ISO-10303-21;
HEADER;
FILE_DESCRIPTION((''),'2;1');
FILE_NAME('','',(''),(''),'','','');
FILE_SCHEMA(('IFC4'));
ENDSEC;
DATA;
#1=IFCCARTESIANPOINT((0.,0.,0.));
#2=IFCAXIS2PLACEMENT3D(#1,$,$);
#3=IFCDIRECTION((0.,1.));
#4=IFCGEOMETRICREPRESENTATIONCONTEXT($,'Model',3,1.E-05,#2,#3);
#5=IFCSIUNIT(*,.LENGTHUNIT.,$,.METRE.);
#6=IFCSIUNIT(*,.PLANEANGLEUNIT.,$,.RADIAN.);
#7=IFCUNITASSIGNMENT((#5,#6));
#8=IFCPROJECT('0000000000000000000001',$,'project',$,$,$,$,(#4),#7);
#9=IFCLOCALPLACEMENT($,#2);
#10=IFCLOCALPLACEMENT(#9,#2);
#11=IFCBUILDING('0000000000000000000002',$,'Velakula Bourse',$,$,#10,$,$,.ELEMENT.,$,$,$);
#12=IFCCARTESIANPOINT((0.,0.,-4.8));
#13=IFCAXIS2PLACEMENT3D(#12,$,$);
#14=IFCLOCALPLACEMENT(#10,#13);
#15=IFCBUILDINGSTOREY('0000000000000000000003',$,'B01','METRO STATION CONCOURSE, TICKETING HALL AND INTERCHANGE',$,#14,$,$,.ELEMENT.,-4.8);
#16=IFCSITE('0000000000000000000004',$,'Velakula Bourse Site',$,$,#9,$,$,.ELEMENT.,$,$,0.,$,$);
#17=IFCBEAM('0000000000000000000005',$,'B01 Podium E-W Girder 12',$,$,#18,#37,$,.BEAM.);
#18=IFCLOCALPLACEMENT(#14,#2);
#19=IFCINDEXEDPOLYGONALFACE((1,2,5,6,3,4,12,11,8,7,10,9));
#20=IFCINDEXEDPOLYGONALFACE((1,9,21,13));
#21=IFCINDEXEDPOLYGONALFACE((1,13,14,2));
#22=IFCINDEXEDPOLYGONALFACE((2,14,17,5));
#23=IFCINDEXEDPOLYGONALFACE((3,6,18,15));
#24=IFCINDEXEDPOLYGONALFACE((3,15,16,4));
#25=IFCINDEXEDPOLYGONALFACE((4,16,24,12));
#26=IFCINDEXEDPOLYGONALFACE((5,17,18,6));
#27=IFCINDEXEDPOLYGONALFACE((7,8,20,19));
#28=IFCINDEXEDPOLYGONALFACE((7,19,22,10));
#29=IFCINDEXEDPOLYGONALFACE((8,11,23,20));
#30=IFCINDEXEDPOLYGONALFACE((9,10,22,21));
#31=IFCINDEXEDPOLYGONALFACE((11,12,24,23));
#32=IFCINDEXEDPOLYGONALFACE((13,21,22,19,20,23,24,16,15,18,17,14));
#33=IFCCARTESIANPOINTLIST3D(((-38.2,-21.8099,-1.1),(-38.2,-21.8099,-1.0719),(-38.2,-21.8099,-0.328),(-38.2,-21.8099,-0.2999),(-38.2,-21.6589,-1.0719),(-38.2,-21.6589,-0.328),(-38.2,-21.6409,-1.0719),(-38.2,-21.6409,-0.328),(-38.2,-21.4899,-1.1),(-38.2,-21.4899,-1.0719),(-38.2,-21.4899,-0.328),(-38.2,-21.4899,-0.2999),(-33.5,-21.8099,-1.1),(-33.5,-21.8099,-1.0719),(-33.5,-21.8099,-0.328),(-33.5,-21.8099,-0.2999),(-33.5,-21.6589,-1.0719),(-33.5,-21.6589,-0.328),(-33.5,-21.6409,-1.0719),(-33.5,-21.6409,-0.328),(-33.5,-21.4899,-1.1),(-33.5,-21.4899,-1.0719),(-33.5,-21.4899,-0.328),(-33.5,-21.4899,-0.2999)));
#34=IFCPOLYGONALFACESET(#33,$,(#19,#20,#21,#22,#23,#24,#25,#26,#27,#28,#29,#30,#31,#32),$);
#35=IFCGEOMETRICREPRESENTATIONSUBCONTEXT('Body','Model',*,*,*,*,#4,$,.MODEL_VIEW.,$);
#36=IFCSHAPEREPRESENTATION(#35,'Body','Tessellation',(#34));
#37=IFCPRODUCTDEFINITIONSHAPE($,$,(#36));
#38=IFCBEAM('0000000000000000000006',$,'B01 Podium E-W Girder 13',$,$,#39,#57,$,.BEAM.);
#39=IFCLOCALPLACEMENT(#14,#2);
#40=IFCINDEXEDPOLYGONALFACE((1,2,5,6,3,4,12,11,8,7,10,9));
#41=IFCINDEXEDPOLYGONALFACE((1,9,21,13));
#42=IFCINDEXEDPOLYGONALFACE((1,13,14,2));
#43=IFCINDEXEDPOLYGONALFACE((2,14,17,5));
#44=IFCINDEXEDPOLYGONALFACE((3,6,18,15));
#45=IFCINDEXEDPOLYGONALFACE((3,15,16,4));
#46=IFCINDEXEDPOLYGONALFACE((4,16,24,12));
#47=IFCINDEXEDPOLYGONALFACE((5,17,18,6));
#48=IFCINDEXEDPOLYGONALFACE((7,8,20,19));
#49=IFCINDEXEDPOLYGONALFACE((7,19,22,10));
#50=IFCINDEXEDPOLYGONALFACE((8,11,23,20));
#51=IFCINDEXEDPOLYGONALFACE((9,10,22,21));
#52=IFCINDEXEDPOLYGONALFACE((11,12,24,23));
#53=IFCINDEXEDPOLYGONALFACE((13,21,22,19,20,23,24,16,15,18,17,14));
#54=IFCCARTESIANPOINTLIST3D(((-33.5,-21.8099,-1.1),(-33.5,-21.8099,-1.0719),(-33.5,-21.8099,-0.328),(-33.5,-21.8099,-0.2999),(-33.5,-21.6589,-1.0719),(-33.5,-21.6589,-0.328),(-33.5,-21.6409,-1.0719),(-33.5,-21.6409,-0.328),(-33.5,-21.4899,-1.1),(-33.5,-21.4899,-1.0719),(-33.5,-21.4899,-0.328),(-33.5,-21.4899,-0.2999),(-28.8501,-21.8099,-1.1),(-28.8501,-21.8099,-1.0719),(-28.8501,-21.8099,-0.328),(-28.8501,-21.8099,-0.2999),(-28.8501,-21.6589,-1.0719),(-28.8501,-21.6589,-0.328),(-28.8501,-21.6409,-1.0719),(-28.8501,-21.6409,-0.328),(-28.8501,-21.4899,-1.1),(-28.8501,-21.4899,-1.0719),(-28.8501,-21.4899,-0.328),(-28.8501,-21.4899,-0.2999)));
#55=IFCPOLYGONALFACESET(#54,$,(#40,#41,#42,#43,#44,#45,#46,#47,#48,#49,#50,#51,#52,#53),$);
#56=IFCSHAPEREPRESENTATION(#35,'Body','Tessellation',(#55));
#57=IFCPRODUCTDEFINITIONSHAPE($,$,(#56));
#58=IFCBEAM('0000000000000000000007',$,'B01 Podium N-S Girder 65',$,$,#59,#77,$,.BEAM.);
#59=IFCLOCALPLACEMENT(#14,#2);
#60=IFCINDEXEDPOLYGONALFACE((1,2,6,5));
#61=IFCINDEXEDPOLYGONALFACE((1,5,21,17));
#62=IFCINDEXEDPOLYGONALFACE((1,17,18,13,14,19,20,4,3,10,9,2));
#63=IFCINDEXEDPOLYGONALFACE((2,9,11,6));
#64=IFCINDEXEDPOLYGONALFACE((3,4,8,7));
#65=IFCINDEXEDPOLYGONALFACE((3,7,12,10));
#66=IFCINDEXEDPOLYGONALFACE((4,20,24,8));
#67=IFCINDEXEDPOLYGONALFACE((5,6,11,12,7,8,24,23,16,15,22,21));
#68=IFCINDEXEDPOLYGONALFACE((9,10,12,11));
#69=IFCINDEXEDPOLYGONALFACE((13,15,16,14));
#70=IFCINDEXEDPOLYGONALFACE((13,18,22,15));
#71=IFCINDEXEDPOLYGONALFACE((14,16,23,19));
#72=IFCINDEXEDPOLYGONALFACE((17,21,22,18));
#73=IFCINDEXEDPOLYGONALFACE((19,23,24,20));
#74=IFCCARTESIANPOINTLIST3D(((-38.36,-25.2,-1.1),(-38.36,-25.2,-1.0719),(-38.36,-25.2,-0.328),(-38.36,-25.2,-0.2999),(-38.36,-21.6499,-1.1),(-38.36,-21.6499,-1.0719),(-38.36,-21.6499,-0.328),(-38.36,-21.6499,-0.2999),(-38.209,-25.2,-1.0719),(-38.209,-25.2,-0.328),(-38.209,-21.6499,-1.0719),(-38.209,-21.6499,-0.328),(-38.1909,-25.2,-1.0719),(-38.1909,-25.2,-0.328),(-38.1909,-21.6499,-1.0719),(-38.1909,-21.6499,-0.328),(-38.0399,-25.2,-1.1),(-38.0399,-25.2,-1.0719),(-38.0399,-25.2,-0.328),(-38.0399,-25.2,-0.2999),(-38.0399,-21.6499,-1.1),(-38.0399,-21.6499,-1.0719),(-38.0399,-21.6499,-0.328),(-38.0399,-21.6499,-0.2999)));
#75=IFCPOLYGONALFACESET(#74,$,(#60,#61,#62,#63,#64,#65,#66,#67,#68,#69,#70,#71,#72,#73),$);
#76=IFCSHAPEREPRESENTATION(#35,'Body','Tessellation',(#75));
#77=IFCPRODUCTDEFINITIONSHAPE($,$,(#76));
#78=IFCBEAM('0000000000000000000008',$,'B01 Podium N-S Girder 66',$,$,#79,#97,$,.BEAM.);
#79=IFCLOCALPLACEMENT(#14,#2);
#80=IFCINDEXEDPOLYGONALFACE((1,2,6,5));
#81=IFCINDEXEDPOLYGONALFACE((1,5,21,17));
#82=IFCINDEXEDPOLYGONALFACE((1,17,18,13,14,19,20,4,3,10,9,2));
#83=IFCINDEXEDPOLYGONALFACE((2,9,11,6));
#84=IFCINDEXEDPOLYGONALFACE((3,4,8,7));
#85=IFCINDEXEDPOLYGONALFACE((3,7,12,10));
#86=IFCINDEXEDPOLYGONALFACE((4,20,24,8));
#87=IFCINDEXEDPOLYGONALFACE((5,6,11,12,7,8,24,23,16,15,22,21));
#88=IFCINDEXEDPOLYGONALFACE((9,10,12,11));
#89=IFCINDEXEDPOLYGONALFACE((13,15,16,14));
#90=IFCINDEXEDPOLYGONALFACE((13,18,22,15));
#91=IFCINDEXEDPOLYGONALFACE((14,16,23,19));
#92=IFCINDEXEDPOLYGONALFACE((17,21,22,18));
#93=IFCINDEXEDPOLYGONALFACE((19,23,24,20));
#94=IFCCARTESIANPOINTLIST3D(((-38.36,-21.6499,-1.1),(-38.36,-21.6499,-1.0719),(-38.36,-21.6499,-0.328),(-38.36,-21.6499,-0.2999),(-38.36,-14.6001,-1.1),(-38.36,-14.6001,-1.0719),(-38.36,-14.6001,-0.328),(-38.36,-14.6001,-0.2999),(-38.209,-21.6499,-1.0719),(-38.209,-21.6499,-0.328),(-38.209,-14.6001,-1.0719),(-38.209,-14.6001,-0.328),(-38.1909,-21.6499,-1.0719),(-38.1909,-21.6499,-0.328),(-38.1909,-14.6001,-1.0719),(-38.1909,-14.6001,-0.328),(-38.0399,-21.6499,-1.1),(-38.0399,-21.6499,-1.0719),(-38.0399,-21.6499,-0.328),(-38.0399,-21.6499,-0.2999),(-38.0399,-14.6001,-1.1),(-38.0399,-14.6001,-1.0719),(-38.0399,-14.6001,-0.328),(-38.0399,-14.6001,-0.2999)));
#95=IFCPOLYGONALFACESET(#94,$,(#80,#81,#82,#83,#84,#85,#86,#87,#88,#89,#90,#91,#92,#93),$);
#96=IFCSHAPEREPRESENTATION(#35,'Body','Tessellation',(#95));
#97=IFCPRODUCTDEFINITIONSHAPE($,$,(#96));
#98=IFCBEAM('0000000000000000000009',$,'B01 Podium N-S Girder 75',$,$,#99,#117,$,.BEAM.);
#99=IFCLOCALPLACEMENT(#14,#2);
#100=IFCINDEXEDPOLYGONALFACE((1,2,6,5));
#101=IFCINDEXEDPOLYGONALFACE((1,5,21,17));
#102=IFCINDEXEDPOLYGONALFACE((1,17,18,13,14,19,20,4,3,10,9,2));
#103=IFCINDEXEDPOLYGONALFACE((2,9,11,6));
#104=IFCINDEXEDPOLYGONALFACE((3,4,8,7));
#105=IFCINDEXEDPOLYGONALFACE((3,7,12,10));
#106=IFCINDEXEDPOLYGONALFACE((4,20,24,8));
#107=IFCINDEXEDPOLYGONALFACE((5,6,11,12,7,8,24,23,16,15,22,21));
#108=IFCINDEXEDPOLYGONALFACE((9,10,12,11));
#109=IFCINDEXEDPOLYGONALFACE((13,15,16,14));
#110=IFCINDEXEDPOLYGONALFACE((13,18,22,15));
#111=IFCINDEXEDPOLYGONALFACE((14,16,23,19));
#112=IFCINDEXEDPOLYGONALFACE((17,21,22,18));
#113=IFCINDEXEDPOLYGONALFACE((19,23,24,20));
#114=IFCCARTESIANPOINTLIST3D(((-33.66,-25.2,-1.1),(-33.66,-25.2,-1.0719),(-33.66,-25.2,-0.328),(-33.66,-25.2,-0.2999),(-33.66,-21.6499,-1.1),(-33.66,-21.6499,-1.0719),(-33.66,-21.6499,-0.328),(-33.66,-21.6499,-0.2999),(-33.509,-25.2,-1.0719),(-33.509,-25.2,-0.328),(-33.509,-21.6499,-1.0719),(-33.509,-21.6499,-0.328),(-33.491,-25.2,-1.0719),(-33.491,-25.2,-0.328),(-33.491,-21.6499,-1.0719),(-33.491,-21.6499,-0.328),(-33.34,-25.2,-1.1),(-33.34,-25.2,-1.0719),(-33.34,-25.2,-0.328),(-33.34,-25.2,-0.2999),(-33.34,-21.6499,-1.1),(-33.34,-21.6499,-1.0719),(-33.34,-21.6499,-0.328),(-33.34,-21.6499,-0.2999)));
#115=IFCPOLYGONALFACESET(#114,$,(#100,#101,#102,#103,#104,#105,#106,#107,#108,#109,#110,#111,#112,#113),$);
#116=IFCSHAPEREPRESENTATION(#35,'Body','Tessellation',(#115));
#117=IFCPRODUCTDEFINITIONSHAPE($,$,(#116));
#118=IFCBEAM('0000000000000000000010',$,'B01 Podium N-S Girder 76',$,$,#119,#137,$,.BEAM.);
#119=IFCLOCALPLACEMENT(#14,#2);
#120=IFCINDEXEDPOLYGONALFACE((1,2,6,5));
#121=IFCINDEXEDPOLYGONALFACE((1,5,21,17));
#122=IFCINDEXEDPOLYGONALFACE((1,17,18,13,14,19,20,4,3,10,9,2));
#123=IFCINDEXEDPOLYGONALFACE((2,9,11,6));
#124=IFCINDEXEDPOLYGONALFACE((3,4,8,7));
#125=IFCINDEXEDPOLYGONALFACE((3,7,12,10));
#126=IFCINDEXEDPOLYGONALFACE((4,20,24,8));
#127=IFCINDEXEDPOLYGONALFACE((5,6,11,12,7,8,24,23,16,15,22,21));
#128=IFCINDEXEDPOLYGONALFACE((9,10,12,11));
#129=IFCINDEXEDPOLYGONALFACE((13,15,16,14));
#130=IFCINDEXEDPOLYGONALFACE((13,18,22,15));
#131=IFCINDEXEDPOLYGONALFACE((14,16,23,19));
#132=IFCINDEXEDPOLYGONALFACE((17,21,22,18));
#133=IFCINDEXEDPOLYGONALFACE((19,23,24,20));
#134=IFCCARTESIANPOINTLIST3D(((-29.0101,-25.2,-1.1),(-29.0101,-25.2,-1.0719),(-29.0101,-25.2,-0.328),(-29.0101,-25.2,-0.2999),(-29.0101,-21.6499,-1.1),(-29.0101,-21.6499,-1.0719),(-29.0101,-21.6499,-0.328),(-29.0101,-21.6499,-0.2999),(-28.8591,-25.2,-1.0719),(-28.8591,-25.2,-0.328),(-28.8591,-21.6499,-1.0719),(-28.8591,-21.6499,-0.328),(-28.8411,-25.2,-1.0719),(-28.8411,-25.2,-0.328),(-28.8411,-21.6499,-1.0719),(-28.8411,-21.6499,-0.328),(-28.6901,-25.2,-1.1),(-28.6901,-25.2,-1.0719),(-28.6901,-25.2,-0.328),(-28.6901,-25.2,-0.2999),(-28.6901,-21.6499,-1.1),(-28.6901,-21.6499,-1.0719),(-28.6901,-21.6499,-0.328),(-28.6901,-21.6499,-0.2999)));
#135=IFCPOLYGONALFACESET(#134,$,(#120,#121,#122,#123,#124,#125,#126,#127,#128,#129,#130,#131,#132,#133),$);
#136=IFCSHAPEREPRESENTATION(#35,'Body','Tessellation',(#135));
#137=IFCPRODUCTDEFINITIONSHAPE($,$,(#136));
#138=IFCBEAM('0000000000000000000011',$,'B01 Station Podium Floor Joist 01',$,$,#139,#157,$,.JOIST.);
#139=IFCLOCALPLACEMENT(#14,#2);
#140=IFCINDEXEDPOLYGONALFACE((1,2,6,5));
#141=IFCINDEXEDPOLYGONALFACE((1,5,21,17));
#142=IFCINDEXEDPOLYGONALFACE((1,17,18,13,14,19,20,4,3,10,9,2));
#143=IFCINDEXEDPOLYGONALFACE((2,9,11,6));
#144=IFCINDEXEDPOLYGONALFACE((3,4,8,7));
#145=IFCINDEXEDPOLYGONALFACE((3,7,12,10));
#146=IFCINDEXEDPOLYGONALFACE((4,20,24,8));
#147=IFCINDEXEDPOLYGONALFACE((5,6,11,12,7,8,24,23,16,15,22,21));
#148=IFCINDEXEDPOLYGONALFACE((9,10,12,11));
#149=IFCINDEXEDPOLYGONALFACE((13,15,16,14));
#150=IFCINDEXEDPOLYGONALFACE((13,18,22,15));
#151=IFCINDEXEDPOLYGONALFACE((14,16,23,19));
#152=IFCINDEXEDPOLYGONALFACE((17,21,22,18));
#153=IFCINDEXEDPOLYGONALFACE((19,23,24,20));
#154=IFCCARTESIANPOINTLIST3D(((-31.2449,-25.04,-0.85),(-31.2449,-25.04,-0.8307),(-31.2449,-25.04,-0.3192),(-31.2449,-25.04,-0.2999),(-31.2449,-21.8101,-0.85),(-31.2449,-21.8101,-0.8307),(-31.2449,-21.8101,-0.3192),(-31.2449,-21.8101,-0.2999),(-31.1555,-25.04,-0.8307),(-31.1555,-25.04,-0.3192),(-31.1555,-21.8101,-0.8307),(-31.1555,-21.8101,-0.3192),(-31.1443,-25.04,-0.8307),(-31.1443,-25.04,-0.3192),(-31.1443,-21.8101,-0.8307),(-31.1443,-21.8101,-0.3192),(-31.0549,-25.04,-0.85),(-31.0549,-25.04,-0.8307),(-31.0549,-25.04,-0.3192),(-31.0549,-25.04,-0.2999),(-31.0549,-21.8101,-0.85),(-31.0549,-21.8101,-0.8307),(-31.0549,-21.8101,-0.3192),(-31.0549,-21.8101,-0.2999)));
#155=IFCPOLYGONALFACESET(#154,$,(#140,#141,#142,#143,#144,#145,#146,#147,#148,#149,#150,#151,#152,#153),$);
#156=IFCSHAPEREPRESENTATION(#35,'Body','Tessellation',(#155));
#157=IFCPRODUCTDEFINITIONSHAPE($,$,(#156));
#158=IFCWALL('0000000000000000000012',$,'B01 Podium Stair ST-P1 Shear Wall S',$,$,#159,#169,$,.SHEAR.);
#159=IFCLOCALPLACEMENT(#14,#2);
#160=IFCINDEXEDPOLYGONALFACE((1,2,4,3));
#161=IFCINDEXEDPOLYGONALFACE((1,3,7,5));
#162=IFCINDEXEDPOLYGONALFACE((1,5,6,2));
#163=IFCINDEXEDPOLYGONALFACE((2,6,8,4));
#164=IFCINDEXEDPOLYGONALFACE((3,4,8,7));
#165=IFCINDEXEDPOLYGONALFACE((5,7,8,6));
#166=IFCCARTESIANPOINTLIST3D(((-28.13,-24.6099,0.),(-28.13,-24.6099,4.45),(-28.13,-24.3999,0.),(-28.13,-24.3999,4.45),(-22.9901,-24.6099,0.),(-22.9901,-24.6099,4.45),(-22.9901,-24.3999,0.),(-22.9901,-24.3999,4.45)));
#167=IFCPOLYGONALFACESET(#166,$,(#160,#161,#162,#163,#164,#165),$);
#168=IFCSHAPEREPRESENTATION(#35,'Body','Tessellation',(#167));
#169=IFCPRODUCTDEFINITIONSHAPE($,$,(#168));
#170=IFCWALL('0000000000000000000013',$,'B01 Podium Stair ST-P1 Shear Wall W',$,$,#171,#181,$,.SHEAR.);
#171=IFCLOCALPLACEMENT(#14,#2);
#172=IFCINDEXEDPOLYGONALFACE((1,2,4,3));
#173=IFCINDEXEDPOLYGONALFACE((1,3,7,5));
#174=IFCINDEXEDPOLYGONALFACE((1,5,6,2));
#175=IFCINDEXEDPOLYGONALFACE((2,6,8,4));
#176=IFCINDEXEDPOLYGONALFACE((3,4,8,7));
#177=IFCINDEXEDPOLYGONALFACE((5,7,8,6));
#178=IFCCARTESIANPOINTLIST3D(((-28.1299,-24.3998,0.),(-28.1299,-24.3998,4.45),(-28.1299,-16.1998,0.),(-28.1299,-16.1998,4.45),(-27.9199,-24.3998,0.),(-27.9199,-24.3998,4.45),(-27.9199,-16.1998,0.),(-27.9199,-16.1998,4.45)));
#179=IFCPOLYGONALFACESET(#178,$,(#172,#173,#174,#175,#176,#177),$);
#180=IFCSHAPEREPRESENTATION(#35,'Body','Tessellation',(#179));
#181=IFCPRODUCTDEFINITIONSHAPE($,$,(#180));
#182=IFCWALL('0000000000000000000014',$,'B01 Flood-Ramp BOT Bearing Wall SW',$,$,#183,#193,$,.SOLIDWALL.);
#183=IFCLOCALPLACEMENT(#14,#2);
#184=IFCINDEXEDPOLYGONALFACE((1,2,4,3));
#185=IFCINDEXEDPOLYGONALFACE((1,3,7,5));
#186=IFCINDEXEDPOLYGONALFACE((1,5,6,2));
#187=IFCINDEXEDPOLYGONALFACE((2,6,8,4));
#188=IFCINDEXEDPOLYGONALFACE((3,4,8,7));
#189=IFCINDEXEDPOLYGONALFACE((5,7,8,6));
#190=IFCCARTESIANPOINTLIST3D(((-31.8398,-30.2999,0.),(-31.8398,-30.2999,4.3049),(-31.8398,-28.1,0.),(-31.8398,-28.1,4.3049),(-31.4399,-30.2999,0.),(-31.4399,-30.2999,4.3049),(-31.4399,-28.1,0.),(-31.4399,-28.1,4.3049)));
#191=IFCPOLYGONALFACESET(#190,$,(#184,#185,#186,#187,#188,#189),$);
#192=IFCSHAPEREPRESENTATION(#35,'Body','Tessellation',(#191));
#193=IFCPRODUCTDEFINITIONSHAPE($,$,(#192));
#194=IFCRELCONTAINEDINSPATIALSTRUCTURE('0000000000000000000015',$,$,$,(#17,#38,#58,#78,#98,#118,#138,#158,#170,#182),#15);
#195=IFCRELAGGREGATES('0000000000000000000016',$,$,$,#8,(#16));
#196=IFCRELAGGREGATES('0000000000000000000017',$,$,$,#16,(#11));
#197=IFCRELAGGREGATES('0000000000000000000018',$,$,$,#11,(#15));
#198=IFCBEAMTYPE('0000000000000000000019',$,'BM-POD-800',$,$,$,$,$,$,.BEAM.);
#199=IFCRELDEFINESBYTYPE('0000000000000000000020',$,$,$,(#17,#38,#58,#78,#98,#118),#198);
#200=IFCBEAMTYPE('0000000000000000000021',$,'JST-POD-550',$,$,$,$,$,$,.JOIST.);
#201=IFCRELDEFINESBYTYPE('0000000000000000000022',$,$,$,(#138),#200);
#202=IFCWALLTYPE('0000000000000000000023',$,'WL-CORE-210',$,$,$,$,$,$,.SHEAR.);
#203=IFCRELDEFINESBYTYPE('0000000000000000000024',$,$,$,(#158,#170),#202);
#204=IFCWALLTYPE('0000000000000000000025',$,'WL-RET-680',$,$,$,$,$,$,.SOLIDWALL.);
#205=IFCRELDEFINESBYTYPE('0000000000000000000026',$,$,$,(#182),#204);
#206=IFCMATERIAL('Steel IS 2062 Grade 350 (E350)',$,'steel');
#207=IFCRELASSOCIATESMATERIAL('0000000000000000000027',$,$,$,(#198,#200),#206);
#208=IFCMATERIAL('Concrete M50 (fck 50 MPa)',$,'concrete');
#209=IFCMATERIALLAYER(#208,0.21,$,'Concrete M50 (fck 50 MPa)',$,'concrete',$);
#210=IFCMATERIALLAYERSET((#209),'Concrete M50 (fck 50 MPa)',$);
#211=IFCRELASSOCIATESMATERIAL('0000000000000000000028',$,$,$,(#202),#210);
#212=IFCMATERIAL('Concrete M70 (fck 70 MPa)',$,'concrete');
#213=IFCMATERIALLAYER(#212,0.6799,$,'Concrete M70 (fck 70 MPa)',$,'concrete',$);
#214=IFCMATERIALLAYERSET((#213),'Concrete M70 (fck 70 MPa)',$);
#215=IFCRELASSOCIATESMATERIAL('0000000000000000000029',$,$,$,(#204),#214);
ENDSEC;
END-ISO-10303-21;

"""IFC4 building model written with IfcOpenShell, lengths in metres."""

from ifc_helpers import new_model, si_unit, direction, frame, frame_2d, origin, origin_2d, place, context, subcontext, project, spatial, rectangle, i_section, extrude, material, layer, layer_set, material_profile, profile_set, type_object, element, save


model = new_model("IFC4")

# Units and contexts
model_context = context("Model", 3, precision=1e-05, world=origin(), true_north=direction((0.0, 1.0)))
body_context = subcontext(model_context, "Body", "Model", "MODEL_VIEW")
ifc_project = project(units=[si_unit("LENGTHUNIT", "METRE"), si_unit("PLANEANGLEUNIT", "RADIAN")], contexts=[model_context])

# Site, building, storey
site_placement = place(None, origin())
site = spatial("IfcSite", under=ifc_project, at=site_placement, Name="Velakula Bourse Site", CompositionType="ELEMENT", RefElevation=0.0)
building_placement = place(site_placement, origin())
building = spatial("IfcBuilding", under=site, at=building_placement, Name="Velakula Bourse", CompositionType="ELEMENT")
storey_placement = place(building_placement, frame((0.0, 0.0, -4.8)))
storey = spatial("IfcBuildingStorey", under=building, at=storey_placement, Name="B01", Description="METRO STATION CONCOURSE, TICKETING HALL AND INTERCHANGE", CompositionType="ELEMENT", Elevation=-4.8)

# Shared definitions
ifc_material_1 = material(Name="Concrete M70 (fck 70 MPa)", Category="concrete")
ifc_material_2 = material(Name="Concrete M50 (fck 50 MPa)", Category="concrete")

# Beams
ifc_material_3 = material(Name="Steel IS 2062 Grade 350 (E350)", Category="steel")
ifc_material_profile_1 = material_profile(ifc_material_3, i_section(OverallWidth=0.3201, OverallDepth=0.8, WebThickness=0.0181, FlangeThickness=0.0281, at=origin_2d()), Name="Steel IS 2062 Grade 350 (E350)")
ifc_profile_set_1 = profile_set([ifc_material_profile_1], Name="Steel IS 2062 Grade 350 (E350)")
beam_type_1 = type_object("IfcBeamType", Name="BM-POD-800", PredefinedType="BEAM", material=ifc_profile_set_1)
beam_1_placement = place(storey_placement, frame((-38.2, -21.6499, -0.7), z_axis=(1.0, 0.0, 0.0), x_axis=(0.0, 1.0, 0.0)))
element("IfcBeam", 1, at=beam_1_placement, inside=storey, type_object=beam_type_1, Name="B01 Podium E-W Girder 12", PredefinedType="BEAM", context=body_context, shape_type="SweptSolid", body=[
    extrude(i_section(OverallWidth=0.3201, OverallDepth=0.8, WebThickness=0.0181, FlangeThickness=0.0281, at=origin_2d()), origin(), (0.0, 0.0, 1.0), 4.7),
])
beam_2_placement = place(storey_placement, frame((-33.5, -21.6499, -0.7), z_axis=(1.0, 0.0, 0.0), x_axis=(0.0, 1.0, 0.0)))
element("IfcBeam", 2, at=beam_2_placement, inside=storey, type_object=beam_type_1, Name="B01 Podium E-W Girder 13", PredefinedType="BEAM", context=body_context, shape_type="SweptSolid", body=[
    extrude(i_section(OverallWidth=0.3201, OverallDepth=0.8, WebThickness=0.0181, FlangeThickness=0.0281, at=origin_2d()), origin(), (0.0, 0.0, 1.0), 4.6499),
])
beam_3_placement = place(storey_placement, frame((-38.2, -25.2, -0.7), z_axis=(0.0, 1.0, 0.0), x_axis=(-1.0, 0.0, 0.0)))
element("IfcBeam", 3, at=beam_3_placement, inside=storey, type_object=beam_type_1, Name="B01 Podium N-S Girder 65", PredefinedType="BEAM", context=body_context, shape_type="SweptSolid", body=[
    extrude(i_section(OverallWidth=0.3201, OverallDepth=0.8, WebThickness=0.0181, FlangeThickness=0.0281, at=origin_2d()), origin(), (0.0, 0.0, 1.0), 3.55),
])
beam_4_placement = place(storey_placement, frame((-38.2, -21.6499, -0.7), z_axis=(0.0, 1.0, 0.0), x_axis=(-1.0, 0.0, 0.0)))
element("IfcBeam", 4, at=beam_4_placement, inside=storey, type_object=beam_type_1, Name="B01 Podium N-S Girder 66", PredefinedType="BEAM", context=body_context, shape_type="SweptSolid", body=[
    extrude(i_section(OverallWidth=0.3201, OverallDepth=0.8, WebThickness=0.0181, FlangeThickness=0.0281, at=origin_2d()), origin(), (0.0, 0.0, 1.0), 7.0498),
])
for number, where, z_axis, x_axis, name in (
    (5, (-33.5, -25.2, -0.7), (0.0, 1.0, 0.0), (-1.0, 0.0, 0.0), "B01 Podium N-S Girder 75"),
    (6, (-28.8501, -25.2, -0.7), (0.0, 1.0, 0.0), (-1.0, 0.0, 0.0), "B01 Podium N-S Girder 76"),
):
    element("IfcBeam", number, at=place(storey_placement, frame(where, z_axis=z_axis, x_axis=x_axis)), inside=storey, type_object=beam_type_1, Name=name, PredefinedType="BEAM", context=body_context, shape_type="SweptSolid", body=[
        extrude(i_section(OverallWidth=0.3201, OverallDepth=0.8, WebThickness=0.0181, FlangeThickness=0.0281, at=origin_2d()), origin(), (0.0, 0.0, 1.0), 3.55),
    ])
ifc_material_profile_2 = material_profile(ifc_material_3, i_section(OverallWidth=0.1899, OverallDepth=0.55, WebThickness=0.0112, FlangeThickness=0.0193, at=origin_2d()), Name="Steel IS 2062 Grade 350 (E350)")
ifc_profile_set_2 = profile_set([ifc_material_profile_2], Name="Steel IS 2062 Grade 350 (E350)")
beam_type_2 = type_object("IfcBeamType", Name="JST-POD-550", PredefinedType="JOIST", material=ifc_profile_set_2)
beam_5_placement = place(storey_placement, frame((-31.1499, -25.04, -0.575), z_axis=(0.0, 1.0, 0.0), x_axis=(-1.0, 0.0, 0.0)))
element("IfcBeam", 7, at=beam_5_placement, inside=storey, type_object=beam_type_2, Name="B01 Station Podium Floor Joist 01", PredefinedType="JOIST", context=body_context, shape_type="SweptSolid", body=[
    extrude(i_section(OverallWidth=0.1899, OverallDepth=0.55, WebThickness=0.0112, FlangeThickness=0.0193, at=origin_2d()), origin(), (0.0, 0.0, 1.0), 3.23),
])

# Walls
ifc_layer_1 = layer(ifc_material_2, 0.21, Name="Concrete M50 (fck 50 MPa)", Category="concrete")
ifc_layer_set_1 = layer_set([ifc_layer_1], Name="Concrete M50 (fck 50 MPa)")
wall_type_1 = type_object("IfcWallType", Name="WL-CORE-210", PredefinedType="SHEAR", material=ifc_layer_set_1)
wall_1_placement = place(storey_placement, frame((-28.1299, -24.5049, 0.0), z_axis=(0.0, 0.0, 1.0), x_axis=(1.0, 0.0, 0.0)))
element("IfcWall", 8, at=wall_1_placement, inside=storey, type_object=wall_type_1, Name="B01 Podium Stair ST-P1 Shear Wall S", PredefinedType="SHEAR", context=body_context, shape_type="SweptSolid", body=[
    extrude(rectangle(XDim=5.1399, YDim=0.21, at=frame_2d((2.5698, 0.0))), origin(), (0.0, 0.0, 1.0), 4.45),
])
wall_2_placement = place(storey_placement, frame((-28.0249, -24.3999, 0.0), z_axis=(0.0, 0.0, 1.0), x_axis=(0.0, 1.0, 0.0)))
element("IfcWall", 9, at=wall_2_placement, inside=storey, type_object=wall_type_1, Name="B01 Podium Stair ST-P1 Shear Wall W", PredefinedType="SHEAR", context=body_context, shape_type="SweptSolid", body=[
    extrude(rectangle(XDim=8.2, YDim=0.21, at=frame_2d((4.1001, 0.0))), origin(), (0.0, 0.0, 1.0), 4.45),
])
ifc_layer_2 = layer(ifc_material_1, 0.6799, Name="Concrete M70 (fck 70 MPa)", Category="concrete")
ifc_layer_set_2 = layer_set([ifc_layer_2], Name="Concrete M70 (fck 70 MPa)")
wall_type_2 = type_object("IfcWallType", Name="WL-RET-680", PredefinedType="SOLIDWALL", material=ifc_layer_set_2)
wall_3_placement = place(storey_placement, frame((-31.6399, -30.3, 0.0), z_axis=(0.0, 0.0, 1.0), x_axis=(0.0, 1.0, 0.0)))
element("IfcWall", 10, at=wall_3_placement, inside=storey, type_object=wall_type_2, Name="B01 Flood-Ramp BOT Bearing Wall SW", PredefinedType="SOLIDWALL", context=body_context, shape_type="SweptSolid", body=[
    extrude(rectangle(XDim=2.2, YDim=0.3999, at=frame_2d((1.1001, 0.0))), origin(), (0.0, 0.0, 1.0), 4.3049),
])

save(model, "model.ifc")
